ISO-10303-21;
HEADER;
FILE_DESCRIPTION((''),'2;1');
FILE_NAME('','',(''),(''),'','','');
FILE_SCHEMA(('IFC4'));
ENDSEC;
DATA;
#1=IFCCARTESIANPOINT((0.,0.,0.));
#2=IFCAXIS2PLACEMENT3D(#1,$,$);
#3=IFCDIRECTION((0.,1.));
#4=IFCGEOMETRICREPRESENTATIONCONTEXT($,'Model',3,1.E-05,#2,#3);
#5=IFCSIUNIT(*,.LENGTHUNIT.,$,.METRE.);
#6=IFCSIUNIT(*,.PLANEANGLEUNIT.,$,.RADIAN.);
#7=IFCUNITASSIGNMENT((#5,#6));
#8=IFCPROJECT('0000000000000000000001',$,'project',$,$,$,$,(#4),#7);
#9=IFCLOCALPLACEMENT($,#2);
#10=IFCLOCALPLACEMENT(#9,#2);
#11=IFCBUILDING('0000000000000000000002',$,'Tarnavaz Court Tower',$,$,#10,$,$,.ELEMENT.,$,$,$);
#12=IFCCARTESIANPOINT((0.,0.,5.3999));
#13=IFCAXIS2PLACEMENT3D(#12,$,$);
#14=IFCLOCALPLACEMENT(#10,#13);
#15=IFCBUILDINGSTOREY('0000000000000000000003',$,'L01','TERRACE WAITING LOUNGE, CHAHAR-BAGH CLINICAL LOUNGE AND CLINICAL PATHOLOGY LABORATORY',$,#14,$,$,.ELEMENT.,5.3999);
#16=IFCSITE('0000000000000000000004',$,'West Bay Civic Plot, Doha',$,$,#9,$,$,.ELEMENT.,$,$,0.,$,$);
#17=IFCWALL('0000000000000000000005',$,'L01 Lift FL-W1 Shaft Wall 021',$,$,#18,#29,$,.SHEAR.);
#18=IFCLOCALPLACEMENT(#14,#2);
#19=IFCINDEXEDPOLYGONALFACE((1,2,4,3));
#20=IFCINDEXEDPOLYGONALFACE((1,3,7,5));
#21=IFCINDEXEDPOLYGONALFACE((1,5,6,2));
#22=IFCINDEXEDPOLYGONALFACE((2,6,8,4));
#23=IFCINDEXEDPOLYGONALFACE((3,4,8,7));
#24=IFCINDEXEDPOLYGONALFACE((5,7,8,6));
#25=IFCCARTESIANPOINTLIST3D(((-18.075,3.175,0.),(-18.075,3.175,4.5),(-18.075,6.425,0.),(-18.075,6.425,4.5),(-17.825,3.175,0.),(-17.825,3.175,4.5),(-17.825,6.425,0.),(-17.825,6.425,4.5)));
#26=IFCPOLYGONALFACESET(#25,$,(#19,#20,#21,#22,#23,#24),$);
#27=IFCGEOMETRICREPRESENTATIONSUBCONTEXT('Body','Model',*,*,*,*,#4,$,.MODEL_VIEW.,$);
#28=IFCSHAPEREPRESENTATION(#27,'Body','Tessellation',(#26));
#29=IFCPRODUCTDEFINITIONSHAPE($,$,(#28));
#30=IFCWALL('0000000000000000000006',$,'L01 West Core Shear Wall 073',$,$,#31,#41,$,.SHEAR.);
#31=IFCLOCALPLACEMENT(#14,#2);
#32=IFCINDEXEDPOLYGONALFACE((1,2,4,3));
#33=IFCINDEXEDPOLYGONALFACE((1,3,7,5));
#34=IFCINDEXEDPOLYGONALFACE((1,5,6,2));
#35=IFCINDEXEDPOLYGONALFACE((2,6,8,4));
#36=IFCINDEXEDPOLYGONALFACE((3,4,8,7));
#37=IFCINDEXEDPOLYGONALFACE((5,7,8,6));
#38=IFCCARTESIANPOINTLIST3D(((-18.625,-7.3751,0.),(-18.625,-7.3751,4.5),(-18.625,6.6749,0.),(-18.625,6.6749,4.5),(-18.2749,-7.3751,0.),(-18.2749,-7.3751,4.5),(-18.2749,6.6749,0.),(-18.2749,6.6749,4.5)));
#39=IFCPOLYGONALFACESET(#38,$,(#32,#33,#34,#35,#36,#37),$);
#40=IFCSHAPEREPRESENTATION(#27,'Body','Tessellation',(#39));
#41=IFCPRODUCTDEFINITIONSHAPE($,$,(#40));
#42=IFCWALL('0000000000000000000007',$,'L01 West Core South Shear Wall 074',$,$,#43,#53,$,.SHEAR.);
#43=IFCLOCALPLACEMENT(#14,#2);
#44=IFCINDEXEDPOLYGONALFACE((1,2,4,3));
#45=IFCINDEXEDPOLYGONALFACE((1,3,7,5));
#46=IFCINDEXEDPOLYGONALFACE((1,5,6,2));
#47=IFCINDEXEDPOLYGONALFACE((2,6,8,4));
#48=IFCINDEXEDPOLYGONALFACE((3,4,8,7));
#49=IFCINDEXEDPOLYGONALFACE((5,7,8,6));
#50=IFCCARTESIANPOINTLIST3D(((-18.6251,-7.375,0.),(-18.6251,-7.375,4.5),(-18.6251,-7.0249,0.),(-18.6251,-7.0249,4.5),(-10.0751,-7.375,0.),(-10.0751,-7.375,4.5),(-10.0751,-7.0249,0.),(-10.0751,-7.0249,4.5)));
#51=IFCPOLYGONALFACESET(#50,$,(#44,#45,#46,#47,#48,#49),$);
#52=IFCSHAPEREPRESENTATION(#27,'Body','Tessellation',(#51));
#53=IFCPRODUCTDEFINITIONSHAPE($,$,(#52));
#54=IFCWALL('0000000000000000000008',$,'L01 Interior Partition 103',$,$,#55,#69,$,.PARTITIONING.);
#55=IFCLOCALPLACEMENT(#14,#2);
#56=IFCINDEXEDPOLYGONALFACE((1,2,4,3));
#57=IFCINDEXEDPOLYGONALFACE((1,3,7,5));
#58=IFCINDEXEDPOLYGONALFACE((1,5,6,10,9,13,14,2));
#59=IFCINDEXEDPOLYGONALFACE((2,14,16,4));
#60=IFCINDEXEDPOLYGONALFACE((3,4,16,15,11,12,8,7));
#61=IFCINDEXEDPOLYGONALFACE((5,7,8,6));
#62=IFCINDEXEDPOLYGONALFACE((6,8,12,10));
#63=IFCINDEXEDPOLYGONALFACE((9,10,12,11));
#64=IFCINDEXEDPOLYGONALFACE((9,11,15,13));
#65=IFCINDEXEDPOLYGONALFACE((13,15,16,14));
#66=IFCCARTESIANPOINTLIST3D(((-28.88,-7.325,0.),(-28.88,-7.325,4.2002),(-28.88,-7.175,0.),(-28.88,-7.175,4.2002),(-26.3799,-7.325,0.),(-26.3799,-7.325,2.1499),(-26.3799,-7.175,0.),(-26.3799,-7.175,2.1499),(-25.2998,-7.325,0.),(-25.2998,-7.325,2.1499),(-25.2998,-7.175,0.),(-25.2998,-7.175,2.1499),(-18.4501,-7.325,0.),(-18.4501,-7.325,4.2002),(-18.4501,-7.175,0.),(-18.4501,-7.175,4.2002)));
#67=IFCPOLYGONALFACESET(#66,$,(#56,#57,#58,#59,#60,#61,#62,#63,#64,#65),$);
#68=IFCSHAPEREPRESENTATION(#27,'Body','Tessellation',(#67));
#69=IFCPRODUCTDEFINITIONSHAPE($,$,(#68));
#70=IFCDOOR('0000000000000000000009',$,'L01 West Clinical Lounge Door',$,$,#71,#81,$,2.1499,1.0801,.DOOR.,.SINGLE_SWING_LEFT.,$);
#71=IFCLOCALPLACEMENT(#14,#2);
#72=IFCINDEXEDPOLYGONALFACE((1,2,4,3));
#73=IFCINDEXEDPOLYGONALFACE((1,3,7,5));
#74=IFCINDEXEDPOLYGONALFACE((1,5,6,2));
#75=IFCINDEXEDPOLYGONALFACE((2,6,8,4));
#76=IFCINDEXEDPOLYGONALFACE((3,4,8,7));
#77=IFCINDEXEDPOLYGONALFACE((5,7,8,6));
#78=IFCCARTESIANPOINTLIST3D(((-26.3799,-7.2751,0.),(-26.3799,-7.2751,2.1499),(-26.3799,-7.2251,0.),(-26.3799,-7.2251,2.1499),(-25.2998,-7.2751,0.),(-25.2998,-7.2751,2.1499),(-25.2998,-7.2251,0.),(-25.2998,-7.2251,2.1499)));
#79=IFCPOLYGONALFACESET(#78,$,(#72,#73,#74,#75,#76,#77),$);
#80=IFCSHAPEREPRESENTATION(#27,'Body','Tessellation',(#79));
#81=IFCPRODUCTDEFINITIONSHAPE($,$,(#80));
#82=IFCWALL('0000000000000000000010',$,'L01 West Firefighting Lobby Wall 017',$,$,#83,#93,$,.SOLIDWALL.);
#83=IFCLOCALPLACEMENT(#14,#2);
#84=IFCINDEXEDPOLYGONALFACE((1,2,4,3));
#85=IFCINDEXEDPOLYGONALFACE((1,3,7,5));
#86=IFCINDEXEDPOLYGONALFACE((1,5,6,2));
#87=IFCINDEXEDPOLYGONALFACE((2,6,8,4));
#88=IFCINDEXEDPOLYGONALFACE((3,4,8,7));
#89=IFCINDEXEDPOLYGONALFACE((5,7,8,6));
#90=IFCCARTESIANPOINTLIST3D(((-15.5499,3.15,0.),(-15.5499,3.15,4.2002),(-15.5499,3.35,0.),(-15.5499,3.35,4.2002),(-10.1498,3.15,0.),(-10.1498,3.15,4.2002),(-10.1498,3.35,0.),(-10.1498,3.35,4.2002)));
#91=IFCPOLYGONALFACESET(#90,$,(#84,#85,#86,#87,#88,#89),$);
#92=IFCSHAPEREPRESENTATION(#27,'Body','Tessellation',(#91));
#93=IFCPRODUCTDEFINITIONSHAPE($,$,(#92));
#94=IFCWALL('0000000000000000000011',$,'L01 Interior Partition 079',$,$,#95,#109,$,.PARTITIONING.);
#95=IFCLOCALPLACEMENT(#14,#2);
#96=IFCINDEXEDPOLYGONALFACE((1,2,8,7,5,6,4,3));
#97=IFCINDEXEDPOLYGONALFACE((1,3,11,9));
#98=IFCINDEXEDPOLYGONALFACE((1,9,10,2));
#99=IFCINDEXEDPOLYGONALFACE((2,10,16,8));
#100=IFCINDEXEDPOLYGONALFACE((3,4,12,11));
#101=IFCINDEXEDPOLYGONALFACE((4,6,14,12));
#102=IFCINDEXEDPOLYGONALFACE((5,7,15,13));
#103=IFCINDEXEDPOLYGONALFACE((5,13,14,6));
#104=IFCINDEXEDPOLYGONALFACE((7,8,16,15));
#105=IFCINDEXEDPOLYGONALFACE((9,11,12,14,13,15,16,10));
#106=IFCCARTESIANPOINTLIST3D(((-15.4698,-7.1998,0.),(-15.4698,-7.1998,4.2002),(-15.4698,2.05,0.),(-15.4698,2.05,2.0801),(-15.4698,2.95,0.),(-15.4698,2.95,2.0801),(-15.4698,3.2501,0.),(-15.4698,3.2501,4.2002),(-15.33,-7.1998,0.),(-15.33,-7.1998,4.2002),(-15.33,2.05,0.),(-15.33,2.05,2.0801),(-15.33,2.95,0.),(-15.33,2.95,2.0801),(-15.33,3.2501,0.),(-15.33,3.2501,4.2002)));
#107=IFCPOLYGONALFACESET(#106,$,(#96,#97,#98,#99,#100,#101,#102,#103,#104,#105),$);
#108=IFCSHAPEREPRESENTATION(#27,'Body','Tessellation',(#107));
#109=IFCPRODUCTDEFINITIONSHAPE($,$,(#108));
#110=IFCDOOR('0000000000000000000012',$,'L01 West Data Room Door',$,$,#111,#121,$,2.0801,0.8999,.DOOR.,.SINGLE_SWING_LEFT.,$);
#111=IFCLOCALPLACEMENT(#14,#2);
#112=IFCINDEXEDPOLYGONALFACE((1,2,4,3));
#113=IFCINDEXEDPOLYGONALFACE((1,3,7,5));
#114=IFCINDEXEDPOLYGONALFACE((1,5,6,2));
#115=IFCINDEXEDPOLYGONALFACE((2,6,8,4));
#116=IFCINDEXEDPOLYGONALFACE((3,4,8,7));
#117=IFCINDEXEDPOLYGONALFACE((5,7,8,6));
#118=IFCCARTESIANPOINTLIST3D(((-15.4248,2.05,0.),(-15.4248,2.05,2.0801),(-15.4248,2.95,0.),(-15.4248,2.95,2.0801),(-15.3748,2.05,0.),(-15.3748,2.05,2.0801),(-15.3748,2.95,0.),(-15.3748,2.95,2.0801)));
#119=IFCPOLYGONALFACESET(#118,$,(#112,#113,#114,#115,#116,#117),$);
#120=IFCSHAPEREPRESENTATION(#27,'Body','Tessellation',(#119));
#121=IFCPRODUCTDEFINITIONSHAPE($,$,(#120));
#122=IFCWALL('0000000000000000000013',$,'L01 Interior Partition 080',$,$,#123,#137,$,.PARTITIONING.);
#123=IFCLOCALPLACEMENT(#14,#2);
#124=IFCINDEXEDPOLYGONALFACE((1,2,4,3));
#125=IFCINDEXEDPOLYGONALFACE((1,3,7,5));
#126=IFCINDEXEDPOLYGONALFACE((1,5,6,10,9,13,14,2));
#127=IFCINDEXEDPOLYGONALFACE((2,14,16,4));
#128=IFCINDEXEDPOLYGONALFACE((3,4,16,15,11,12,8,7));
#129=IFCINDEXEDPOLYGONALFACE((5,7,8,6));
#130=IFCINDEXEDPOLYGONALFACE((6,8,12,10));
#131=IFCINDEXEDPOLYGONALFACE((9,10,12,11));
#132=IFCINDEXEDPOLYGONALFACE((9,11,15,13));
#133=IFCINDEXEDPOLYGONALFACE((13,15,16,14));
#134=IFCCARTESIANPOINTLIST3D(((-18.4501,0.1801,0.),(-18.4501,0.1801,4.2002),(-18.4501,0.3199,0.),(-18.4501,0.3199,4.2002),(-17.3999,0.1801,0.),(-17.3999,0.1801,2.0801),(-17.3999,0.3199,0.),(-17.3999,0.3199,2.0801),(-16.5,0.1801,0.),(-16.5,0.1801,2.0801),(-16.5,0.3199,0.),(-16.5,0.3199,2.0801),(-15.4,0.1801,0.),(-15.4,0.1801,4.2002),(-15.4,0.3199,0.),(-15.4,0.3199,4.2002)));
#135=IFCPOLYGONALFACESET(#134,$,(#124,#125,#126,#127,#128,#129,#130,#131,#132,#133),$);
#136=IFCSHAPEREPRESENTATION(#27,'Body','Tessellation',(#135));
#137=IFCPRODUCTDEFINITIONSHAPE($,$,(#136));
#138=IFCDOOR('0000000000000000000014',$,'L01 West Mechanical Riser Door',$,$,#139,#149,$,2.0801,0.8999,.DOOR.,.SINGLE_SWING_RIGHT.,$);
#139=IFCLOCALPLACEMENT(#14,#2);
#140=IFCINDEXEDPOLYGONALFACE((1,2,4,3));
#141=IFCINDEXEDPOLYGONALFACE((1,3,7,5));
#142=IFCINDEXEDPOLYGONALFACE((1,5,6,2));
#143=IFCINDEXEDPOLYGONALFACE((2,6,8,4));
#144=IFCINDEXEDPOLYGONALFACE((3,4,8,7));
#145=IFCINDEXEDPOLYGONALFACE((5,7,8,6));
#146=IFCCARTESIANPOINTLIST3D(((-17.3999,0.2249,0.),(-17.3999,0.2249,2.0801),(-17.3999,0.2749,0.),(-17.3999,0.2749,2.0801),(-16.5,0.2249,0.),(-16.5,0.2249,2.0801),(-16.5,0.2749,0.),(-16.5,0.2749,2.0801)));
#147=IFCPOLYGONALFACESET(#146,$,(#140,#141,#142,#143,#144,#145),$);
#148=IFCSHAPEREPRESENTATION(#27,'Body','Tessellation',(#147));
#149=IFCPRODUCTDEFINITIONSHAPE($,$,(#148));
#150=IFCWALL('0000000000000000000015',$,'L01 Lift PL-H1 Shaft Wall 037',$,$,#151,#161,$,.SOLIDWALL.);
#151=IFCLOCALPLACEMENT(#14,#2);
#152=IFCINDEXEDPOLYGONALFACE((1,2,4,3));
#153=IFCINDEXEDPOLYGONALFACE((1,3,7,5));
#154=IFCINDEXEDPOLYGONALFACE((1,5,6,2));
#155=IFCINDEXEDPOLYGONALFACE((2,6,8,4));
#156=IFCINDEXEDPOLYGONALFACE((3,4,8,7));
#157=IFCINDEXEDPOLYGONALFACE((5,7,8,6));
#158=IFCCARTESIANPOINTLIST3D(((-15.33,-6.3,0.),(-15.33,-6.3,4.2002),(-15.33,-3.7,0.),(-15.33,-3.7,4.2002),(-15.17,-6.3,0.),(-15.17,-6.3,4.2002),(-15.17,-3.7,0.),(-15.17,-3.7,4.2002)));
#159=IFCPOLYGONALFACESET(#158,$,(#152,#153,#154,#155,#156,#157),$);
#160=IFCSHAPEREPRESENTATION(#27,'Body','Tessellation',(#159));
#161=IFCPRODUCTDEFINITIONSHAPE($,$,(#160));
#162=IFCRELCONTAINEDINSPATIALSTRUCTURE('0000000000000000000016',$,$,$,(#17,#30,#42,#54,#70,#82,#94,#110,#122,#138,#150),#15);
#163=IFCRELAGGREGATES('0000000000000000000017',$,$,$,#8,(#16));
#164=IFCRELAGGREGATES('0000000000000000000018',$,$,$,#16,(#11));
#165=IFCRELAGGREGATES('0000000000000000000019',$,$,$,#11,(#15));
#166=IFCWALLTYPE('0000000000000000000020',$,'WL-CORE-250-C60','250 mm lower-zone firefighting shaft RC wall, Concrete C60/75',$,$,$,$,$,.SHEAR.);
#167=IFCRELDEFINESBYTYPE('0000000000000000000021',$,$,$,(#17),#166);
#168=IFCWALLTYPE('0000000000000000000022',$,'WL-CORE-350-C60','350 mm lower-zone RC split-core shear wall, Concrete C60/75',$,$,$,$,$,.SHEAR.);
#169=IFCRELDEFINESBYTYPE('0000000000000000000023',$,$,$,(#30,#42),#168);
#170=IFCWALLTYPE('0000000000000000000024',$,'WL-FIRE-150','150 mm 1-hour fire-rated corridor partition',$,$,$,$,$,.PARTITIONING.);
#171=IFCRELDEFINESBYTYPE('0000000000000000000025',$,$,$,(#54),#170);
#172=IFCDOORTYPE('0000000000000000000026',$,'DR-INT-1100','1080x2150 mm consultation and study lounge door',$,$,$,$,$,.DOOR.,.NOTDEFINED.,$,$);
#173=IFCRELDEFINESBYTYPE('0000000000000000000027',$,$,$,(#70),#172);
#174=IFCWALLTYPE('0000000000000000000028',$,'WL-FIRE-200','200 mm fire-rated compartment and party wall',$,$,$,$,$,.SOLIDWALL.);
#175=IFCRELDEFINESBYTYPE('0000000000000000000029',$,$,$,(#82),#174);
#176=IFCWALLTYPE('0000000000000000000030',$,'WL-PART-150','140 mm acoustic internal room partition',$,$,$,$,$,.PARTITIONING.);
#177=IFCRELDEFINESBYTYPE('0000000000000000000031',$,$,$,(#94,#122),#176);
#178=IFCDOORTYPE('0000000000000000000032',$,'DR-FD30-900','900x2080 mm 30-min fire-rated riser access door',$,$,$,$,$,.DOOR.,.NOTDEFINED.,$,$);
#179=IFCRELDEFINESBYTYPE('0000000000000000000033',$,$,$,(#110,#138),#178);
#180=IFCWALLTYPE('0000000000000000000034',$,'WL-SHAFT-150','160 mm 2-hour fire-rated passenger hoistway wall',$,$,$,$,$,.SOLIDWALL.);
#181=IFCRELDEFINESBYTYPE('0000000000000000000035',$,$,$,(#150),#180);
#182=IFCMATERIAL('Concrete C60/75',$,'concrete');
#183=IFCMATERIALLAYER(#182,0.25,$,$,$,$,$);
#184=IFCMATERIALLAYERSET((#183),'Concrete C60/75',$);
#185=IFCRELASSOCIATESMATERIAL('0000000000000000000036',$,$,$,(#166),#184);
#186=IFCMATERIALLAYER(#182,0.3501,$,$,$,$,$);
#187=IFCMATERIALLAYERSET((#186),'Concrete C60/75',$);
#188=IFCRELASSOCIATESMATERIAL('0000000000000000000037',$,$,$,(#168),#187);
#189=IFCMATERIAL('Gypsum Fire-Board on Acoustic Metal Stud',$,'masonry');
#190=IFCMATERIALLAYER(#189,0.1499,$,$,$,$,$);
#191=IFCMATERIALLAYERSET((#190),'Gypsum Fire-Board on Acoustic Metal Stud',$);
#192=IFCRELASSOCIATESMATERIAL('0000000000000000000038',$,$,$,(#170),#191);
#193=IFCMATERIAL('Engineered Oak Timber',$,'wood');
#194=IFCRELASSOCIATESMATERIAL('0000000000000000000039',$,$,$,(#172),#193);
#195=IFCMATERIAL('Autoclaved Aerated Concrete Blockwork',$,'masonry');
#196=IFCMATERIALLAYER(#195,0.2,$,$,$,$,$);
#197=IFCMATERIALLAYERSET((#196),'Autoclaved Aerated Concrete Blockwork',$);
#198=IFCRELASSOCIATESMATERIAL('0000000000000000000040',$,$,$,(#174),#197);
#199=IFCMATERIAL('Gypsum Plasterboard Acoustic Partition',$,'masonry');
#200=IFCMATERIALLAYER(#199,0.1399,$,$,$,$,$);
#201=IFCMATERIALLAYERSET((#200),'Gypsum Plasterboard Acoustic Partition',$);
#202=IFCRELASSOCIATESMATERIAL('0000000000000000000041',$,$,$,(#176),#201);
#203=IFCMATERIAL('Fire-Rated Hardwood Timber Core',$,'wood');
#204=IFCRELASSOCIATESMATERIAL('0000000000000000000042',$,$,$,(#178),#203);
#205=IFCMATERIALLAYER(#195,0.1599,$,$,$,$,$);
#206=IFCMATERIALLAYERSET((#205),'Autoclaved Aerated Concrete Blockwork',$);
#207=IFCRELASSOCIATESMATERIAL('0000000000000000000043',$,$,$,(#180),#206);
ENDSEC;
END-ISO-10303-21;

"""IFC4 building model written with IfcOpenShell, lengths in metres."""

from ifc_helpers import new_model, si_unit, direction, frame, frame_2d, origin, place, context, subcontext, project, spatial, rectangle, extrude, material, layer, layer_set, type_object, element, fill, save


model = new_model("IFC4")

# Units and contexts
model_context = context("Model", 3, precision=1e-05, world=origin(), true_north=direction((0.0, 1.0)))
body_context = subcontext(model_context, "Body", "Model", "MODEL_VIEW")
ifc_project = project(units=[si_unit("LENGTHUNIT", "METRE"), si_unit("PLANEANGLEUNIT", "RADIAN")], contexts=[model_context])

# Site, building, storey
site_placement = place(None, origin())
site = spatial("IfcSite", under=ifc_project, at=site_placement, Name="West Bay Civic Plot, Doha", CompositionType="ELEMENT", RefElevation=0.0)
building_placement = place(site_placement, origin())
building = spatial("IfcBuilding", under=site, at=building_placement, Name="Tarnavaz Court Tower", CompositionType="ELEMENT")
storey_placement = place(building_placement, frame((0.0, 0.0, 5.3999)))
storey = spatial("IfcBuildingStorey", under=building, at=storey_placement, Name="L01", Description="TERRACE WAITING LOUNGE, CHAHAR-BAGH CLINICAL LOUNGE AND CLINICAL PATHOLOGY LABORATORY", CompositionType="ELEMENT", Elevation=5.3999)

# Shared definitions
ifc_material_1 = material(Name="Concrete C60/75", Category="concrete")

# Wall
ifc_layer_1 = layer(ifc_material_1, 0.25)
ifc_layer_set_1 = layer_set([ifc_layer_1], Name="Concrete C60/75")
wall_type_1 = type_object("IfcWallType", Name="WL-CORE-250-C60", Description="250 mm lower-zone firefighting shaft RC wall, Concrete C60/75", PredefinedType="SHEAR", material=ifc_layer_set_1)
wall_1_placement = place(storey_placement, frame((-17.95, 3.175, 0.0), z_axis=(0.0, 0.0, 1.0), x_axis=(0.0, 1.0, 0.0)))
element("IfcWall", 1, at=wall_1_placement, inside=storey, type_object=wall_type_1, Name="L01 Lift FL-W1 Shaft Wall 021", PredefinedType="SHEAR", context=body_context, shape_type="SweptSolid", body=[
    extrude(rectangle(XDim=3.25, YDim=0.25, at=frame_2d((1.625, 0.0))), origin(), (0.0, 0.0, 1.0), 4.5),
])

# Walls
ifc_layer_2 = layer(ifc_material_1, 0.3501)
ifc_layer_set_2 = layer_set([ifc_layer_2], Name="Concrete C60/75")
wall_type_2 = type_object("IfcWallType", Name="WL-CORE-350-C60", Description="350 mm lower-zone RC split-core shear wall, Concrete C60/75", PredefinedType="SHEAR", material=ifc_layer_set_2)
wall_2_placement = place(storey_placement, frame((-18.45, -7.375, 0.0), z_axis=(0.0, 0.0, 1.0), x_axis=(0.0, 1.0, 0.0)))
element("IfcWall", 2, at=wall_2_placement, inside=storey, type_object=wall_type_2, Name="L01 West Core Shear Wall 073", PredefinedType="SHEAR", context=body_context, shape_type="SweptSolid", body=[
    extrude(rectangle(XDim=14.05, YDim=0.3501, at=frame_2d((7.0249, 0.0))), origin(), (0.0, 0.0, 1.0), 4.5),
])
wall_3_placement = place(storey_placement, frame((-18.625, -7.2, 0.0), z_axis=(0.0, 0.0, 1.0), x_axis=(1.0, 0.0, 0.0)))
element("IfcWall", 3, at=wall_3_placement, inside=storey, type_object=wall_type_2, Name="L01 West Core South Shear Wall 074", PredefinedType="SHEAR", context=body_context, shape_type="SweptSolid", body=[
    extrude(rectangle(XDim=8.55, YDim=0.3501, at=frame_2d((4.2749, 0.0))), origin(), (0.0, 0.0, 1.0), 4.5),
])

# Wall, opening, door
ifc_material_2 = material(Name="Gypsum Fire-Board on Acoustic Metal Stud", Category="masonry")
ifc_layer_3 = layer(ifc_material_2, 0.1499)
ifc_layer_set_3 = layer_set([ifc_layer_3], Name="Gypsum Fire-Board on Acoustic Metal Stud")
wall_type_3 = type_object("IfcWallType", Name="WL-FIRE-150", Description="150 mm 1-hour fire-rated corridor partition", PredefinedType="PARTITIONING", material=ifc_layer_set_3)
wall_4_placement = place(storey_placement, frame((-28.8799, -7.25, 0.0), z_axis=(0.0, 0.0, 1.0), x_axis=(1.0, 0.0, 0.0)))
wall_4 = element("IfcWall", 4, at=wall_4_placement, inside=storey, type_object=wall_type_3, Name="L01 Interior Partition 103", PredefinedType="PARTITIONING", context=body_context, shape_type="SweptSolid", body=[
    extrude(rectangle(XDim=10.4299, YDim=0.1499, at=frame_2d((5.2148, 0.0))), origin(), (0.0, 0.0, 1.0), 4.2002),
])
opening_1_placement = place(wall_4_placement, frame((2.5, 0.0, 0.0)))
opening_1 = element("IfcOpeningElement", 5, at=opening_1_placement, cuts=wall_4, PredefinedType="OPENING", context=body_context, shape_type="SweptSolid", body=[
    extrude(rectangle(XDim=1.0801, YDim=2.1499, at=frame_2d((0.54, 1.075))), frame((0.0, 0.085, 0.0), z_axis=(0.0, -1.0, 0.0), x_axis=(1.0, 0.0, 0.0)), (0.0, 0.0, 1.0), 0.1699),
])
ifc_material_3 = material(Name="Engineered Oak Timber", Category="wood")
door_type_1 = type_object("IfcDoorType", Name="DR-INT-1100", Description="1080x2150 mm consultation and study lounge door", OperationType="NOTDEFINED", PredefinedType="DOOR", material=ifc_material_3)
door_1_placement = place(opening_1_placement, origin())
door_1 = element("IfcDoor", 6, at=door_1_placement, inside=storey, type_object=door_type_1, Name="L01 West Clinical Lounge Door", OperationType="SINGLE_SWING_LEFT", OverallHeight=2.1499, OverallWidth=1.0801, PredefinedType="DOOR", context=body_context, shape_type="SweptSolid", body=[
    extrude(rectangle(XDim=1.0801, YDim=2.1499, at=frame_2d((0.54, 1.075))), frame((0.0, 0.0249, 0.0), z_axis=(0.0, -1.0, 0.0), x_axis=(1.0, 0.0, 0.0)), (0.0, 0.0, 1.0), 0.05),
])
fill(opening_1, door_1)

# Wall
ifc_material_4 = material(Name="Autoclaved Aerated Concrete Blockwork", Category="masonry")
ifc_layer_4 = layer(ifc_material_4, 0.2)
ifc_layer_set_4 = layer_set([ifc_layer_4], Name="Autoclaved Aerated Concrete Blockwork")
wall_type_4 = type_object("IfcWallType", Name="WL-FIRE-200", Description="200 mm fire-rated compartment and party wall", PredefinedType="SOLIDWALL", material=ifc_layer_set_4)
wall_5_placement = place(storey_placement, frame((-15.55, 3.25, 0.0), z_axis=(0.0, 0.0, 1.0), x_axis=(1.0, 0.0, 0.0)))
element("IfcWall", 7, at=wall_5_placement, inside=storey, type_object=wall_type_4, Name="L01 West Firefighting Lobby Wall 017", PredefinedType="SOLIDWALL", context=body_context, shape_type="SweptSolid", body=[
    extrude(rectangle(XDim=5.4001, YDim=0.2, at=frame_2d((2.7002, 0.0))), origin(), (0.0, 0.0, 1.0), 4.2002),
])

# Walls, openings, doors
ifc_material_5 = material(Name="Gypsum Plasterboard Acoustic Partition", Category="masonry")
ifc_layer_5 = layer(ifc_material_5, 0.1399)
ifc_layer_set_5 = layer_set([ifc_layer_5], Name="Gypsum Plasterboard Acoustic Partition")
wall_type_5 = type_object("IfcWallType", Name="WL-PART-150", Description="140 mm acoustic internal room partition", PredefinedType="PARTITIONING", material=ifc_layer_set_5)
wall_6_placement = place(storey_placement, frame((-15.3999, -7.2, 0.0), z_axis=(0.0, 0.0, 1.0), x_axis=(0.0, 1.0, 0.0)))
wall_6 = element("IfcWall", 8, at=wall_6_placement, inside=storey, type_object=wall_type_5, Name="L01 Interior Partition 079", PredefinedType="PARTITIONING", context=body_context, shape_type="SweptSolid", body=[
    extrude(rectangle(XDim=10.45, YDim=0.1399, at=frame_2d((5.2251, 0.0))), origin(), (0.0, 0.0, 1.0), 4.2002),
])
opening_2_placement = place(wall_6_placement, frame((9.25, 0.0, 0.0)))
opening_2 = element("IfcOpeningElement", 9, at=opening_2_placement, cuts=wall_6, PredefinedType="OPENING", context=body_context, shape_type="SweptSolid", body=[
    extrude(rectangle(XDim=0.8999, YDim=2.0801, at=frame_2d((0.45, 1.04))), frame((0.0, 0.0798, 0.0), z_axis=(0.0, -1.0, 0.0), x_axis=(1.0, 0.0, 0.0)), (0.0, 0.0, 1.0), 0.1599),
])
ifc_material_6 = material(Name="Fire-Rated Hardwood Timber Core", Category="wood")
door_type_2 = type_object("IfcDoorType", Name="DR-FD30-900", Description="900x2080 mm 30-min fire-rated riser access door", OperationType="NOTDEFINED", PredefinedType="DOOR", material=ifc_material_6)
door_2_placement = place(opening_2_placement, origin())
door_2 = element("IfcDoor", 10, at=door_2_placement, inside=storey, type_object=door_type_2, Name="L01 West Data Room Door", OperationType="SINGLE_SWING_LEFT", OverallHeight=2.0801, OverallWidth=0.8999, PredefinedType="DOOR", context=body_context, shape_type="SweptSolid", body=[
    extrude(rectangle(XDim=0.8999, YDim=2.0801, at=frame_2d((0.45, 1.04))), frame((0.0, 0.0249, 0.0), z_axis=(0.0, -1.0, 0.0), x_axis=(1.0, 0.0, 0.0)), (0.0, 0.0, 1.0), 0.05),
])
fill(opening_2, door_2)
wall_7_placement = place(storey_placement, frame((-18.45, 0.25, 0.0), z_axis=(0.0, 0.0, 1.0), x_axis=(1.0, 0.0, 0.0)))
wall_7 = element("IfcWall", 11, at=wall_7_placement, inside=storey, type_object=wall_type_5, Name="L01 Interior Partition 080", PredefinedType="PARTITIONING", context=body_context, shape_type="SweptSolid", body=[
    extrude(rectangle(XDim=3.05, YDim=0.1399, at=frame_2d((1.5249, 0.0))), origin(), (0.0, 0.0, 1.0), 4.2002),
])
opening_3_placement = place(wall_7_placement, frame((1.05, 0.0, 0.0)))
opening_3 = element("IfcOpeningElement", 12, at=opening_3_placement, cuts=wall_7, PredefinedType="OPENING", context=body_context, shape_type="SweptSolid", body=[
    extrude(rectangle(XDim=0.8999, YDim=2.0801, at=frame_2d((0.45, 1.04))), frame((0.0, 0.0798, 0.0), z_axis=(0.0, -1.0, 0.0), x_axis=(1.0, 0.0, 0.0)), (0.0, 0.0, 1.0), 0.1599),
])
door_3_placement = place(opening_3_placement, origin())
door_3 = element("IfcDoor", 13, at=door_3_placement, inside=storey, type_object=door_type_2, Name="L01 West Mechanical Riser Door", OperationType="SINGLE_SWING_RIGHT", OverallHeight=2.0801, OverallWidth=0.8999, PredefinedType="DOOR", context=body_context, shape_type="SweptSolid", body=[
    extrude(rectangle(XDim=0.8999, YDim=2.0801, at=frame_2d((0.45, 1.04))), frame((0.0, 0.0249, 0.0), z_axis=(0.0, -1.0, 0.0), x_axis=(1.0, 0.0, 0.0)), (0.0, 0.0, 1.0), 0.05),
])
fill(opening_3, door_3)

# Wall
ifc_layer_6 = layer(ifc_material_4, 0.1599)
ifc_layer_set_6 = layer_set([ifc_layer_6], Name="Autoclaved Aerated Concrete Blockwork")
wall_type_6 = type_object("IfcWallType", Name="WL-SHAFT-150", Description="160 mm 2-hour fire-rated passenger hoistway wall", PredefinedType="SOLIDWALL", material=ifc_layer_set_6)
wall_8_placement = place(storey_placement, frame((-15.25, -6.3, 0.0), z_axis=(0.0, 0.0, 1.0), x_axis=(0.0, 1.0, 0.0)))
element("IfcWall", 14, at=wall_8_placement, inside=storey, type_object=wall_type_6, Name="L01 Lift PL-H1 Shaft Wall 037", PredefinedType="SOLIDWALL", context=body_context, shape_type="SweptSolid", body=[
    extrude(rectangle(XDim=2.6001, YDim=0.1599, at=frame_2d((1.3, 0.0))), origin(), (0.0, 0.0, 1.0), 4.2002),
])

save(model, "model.ifc")
